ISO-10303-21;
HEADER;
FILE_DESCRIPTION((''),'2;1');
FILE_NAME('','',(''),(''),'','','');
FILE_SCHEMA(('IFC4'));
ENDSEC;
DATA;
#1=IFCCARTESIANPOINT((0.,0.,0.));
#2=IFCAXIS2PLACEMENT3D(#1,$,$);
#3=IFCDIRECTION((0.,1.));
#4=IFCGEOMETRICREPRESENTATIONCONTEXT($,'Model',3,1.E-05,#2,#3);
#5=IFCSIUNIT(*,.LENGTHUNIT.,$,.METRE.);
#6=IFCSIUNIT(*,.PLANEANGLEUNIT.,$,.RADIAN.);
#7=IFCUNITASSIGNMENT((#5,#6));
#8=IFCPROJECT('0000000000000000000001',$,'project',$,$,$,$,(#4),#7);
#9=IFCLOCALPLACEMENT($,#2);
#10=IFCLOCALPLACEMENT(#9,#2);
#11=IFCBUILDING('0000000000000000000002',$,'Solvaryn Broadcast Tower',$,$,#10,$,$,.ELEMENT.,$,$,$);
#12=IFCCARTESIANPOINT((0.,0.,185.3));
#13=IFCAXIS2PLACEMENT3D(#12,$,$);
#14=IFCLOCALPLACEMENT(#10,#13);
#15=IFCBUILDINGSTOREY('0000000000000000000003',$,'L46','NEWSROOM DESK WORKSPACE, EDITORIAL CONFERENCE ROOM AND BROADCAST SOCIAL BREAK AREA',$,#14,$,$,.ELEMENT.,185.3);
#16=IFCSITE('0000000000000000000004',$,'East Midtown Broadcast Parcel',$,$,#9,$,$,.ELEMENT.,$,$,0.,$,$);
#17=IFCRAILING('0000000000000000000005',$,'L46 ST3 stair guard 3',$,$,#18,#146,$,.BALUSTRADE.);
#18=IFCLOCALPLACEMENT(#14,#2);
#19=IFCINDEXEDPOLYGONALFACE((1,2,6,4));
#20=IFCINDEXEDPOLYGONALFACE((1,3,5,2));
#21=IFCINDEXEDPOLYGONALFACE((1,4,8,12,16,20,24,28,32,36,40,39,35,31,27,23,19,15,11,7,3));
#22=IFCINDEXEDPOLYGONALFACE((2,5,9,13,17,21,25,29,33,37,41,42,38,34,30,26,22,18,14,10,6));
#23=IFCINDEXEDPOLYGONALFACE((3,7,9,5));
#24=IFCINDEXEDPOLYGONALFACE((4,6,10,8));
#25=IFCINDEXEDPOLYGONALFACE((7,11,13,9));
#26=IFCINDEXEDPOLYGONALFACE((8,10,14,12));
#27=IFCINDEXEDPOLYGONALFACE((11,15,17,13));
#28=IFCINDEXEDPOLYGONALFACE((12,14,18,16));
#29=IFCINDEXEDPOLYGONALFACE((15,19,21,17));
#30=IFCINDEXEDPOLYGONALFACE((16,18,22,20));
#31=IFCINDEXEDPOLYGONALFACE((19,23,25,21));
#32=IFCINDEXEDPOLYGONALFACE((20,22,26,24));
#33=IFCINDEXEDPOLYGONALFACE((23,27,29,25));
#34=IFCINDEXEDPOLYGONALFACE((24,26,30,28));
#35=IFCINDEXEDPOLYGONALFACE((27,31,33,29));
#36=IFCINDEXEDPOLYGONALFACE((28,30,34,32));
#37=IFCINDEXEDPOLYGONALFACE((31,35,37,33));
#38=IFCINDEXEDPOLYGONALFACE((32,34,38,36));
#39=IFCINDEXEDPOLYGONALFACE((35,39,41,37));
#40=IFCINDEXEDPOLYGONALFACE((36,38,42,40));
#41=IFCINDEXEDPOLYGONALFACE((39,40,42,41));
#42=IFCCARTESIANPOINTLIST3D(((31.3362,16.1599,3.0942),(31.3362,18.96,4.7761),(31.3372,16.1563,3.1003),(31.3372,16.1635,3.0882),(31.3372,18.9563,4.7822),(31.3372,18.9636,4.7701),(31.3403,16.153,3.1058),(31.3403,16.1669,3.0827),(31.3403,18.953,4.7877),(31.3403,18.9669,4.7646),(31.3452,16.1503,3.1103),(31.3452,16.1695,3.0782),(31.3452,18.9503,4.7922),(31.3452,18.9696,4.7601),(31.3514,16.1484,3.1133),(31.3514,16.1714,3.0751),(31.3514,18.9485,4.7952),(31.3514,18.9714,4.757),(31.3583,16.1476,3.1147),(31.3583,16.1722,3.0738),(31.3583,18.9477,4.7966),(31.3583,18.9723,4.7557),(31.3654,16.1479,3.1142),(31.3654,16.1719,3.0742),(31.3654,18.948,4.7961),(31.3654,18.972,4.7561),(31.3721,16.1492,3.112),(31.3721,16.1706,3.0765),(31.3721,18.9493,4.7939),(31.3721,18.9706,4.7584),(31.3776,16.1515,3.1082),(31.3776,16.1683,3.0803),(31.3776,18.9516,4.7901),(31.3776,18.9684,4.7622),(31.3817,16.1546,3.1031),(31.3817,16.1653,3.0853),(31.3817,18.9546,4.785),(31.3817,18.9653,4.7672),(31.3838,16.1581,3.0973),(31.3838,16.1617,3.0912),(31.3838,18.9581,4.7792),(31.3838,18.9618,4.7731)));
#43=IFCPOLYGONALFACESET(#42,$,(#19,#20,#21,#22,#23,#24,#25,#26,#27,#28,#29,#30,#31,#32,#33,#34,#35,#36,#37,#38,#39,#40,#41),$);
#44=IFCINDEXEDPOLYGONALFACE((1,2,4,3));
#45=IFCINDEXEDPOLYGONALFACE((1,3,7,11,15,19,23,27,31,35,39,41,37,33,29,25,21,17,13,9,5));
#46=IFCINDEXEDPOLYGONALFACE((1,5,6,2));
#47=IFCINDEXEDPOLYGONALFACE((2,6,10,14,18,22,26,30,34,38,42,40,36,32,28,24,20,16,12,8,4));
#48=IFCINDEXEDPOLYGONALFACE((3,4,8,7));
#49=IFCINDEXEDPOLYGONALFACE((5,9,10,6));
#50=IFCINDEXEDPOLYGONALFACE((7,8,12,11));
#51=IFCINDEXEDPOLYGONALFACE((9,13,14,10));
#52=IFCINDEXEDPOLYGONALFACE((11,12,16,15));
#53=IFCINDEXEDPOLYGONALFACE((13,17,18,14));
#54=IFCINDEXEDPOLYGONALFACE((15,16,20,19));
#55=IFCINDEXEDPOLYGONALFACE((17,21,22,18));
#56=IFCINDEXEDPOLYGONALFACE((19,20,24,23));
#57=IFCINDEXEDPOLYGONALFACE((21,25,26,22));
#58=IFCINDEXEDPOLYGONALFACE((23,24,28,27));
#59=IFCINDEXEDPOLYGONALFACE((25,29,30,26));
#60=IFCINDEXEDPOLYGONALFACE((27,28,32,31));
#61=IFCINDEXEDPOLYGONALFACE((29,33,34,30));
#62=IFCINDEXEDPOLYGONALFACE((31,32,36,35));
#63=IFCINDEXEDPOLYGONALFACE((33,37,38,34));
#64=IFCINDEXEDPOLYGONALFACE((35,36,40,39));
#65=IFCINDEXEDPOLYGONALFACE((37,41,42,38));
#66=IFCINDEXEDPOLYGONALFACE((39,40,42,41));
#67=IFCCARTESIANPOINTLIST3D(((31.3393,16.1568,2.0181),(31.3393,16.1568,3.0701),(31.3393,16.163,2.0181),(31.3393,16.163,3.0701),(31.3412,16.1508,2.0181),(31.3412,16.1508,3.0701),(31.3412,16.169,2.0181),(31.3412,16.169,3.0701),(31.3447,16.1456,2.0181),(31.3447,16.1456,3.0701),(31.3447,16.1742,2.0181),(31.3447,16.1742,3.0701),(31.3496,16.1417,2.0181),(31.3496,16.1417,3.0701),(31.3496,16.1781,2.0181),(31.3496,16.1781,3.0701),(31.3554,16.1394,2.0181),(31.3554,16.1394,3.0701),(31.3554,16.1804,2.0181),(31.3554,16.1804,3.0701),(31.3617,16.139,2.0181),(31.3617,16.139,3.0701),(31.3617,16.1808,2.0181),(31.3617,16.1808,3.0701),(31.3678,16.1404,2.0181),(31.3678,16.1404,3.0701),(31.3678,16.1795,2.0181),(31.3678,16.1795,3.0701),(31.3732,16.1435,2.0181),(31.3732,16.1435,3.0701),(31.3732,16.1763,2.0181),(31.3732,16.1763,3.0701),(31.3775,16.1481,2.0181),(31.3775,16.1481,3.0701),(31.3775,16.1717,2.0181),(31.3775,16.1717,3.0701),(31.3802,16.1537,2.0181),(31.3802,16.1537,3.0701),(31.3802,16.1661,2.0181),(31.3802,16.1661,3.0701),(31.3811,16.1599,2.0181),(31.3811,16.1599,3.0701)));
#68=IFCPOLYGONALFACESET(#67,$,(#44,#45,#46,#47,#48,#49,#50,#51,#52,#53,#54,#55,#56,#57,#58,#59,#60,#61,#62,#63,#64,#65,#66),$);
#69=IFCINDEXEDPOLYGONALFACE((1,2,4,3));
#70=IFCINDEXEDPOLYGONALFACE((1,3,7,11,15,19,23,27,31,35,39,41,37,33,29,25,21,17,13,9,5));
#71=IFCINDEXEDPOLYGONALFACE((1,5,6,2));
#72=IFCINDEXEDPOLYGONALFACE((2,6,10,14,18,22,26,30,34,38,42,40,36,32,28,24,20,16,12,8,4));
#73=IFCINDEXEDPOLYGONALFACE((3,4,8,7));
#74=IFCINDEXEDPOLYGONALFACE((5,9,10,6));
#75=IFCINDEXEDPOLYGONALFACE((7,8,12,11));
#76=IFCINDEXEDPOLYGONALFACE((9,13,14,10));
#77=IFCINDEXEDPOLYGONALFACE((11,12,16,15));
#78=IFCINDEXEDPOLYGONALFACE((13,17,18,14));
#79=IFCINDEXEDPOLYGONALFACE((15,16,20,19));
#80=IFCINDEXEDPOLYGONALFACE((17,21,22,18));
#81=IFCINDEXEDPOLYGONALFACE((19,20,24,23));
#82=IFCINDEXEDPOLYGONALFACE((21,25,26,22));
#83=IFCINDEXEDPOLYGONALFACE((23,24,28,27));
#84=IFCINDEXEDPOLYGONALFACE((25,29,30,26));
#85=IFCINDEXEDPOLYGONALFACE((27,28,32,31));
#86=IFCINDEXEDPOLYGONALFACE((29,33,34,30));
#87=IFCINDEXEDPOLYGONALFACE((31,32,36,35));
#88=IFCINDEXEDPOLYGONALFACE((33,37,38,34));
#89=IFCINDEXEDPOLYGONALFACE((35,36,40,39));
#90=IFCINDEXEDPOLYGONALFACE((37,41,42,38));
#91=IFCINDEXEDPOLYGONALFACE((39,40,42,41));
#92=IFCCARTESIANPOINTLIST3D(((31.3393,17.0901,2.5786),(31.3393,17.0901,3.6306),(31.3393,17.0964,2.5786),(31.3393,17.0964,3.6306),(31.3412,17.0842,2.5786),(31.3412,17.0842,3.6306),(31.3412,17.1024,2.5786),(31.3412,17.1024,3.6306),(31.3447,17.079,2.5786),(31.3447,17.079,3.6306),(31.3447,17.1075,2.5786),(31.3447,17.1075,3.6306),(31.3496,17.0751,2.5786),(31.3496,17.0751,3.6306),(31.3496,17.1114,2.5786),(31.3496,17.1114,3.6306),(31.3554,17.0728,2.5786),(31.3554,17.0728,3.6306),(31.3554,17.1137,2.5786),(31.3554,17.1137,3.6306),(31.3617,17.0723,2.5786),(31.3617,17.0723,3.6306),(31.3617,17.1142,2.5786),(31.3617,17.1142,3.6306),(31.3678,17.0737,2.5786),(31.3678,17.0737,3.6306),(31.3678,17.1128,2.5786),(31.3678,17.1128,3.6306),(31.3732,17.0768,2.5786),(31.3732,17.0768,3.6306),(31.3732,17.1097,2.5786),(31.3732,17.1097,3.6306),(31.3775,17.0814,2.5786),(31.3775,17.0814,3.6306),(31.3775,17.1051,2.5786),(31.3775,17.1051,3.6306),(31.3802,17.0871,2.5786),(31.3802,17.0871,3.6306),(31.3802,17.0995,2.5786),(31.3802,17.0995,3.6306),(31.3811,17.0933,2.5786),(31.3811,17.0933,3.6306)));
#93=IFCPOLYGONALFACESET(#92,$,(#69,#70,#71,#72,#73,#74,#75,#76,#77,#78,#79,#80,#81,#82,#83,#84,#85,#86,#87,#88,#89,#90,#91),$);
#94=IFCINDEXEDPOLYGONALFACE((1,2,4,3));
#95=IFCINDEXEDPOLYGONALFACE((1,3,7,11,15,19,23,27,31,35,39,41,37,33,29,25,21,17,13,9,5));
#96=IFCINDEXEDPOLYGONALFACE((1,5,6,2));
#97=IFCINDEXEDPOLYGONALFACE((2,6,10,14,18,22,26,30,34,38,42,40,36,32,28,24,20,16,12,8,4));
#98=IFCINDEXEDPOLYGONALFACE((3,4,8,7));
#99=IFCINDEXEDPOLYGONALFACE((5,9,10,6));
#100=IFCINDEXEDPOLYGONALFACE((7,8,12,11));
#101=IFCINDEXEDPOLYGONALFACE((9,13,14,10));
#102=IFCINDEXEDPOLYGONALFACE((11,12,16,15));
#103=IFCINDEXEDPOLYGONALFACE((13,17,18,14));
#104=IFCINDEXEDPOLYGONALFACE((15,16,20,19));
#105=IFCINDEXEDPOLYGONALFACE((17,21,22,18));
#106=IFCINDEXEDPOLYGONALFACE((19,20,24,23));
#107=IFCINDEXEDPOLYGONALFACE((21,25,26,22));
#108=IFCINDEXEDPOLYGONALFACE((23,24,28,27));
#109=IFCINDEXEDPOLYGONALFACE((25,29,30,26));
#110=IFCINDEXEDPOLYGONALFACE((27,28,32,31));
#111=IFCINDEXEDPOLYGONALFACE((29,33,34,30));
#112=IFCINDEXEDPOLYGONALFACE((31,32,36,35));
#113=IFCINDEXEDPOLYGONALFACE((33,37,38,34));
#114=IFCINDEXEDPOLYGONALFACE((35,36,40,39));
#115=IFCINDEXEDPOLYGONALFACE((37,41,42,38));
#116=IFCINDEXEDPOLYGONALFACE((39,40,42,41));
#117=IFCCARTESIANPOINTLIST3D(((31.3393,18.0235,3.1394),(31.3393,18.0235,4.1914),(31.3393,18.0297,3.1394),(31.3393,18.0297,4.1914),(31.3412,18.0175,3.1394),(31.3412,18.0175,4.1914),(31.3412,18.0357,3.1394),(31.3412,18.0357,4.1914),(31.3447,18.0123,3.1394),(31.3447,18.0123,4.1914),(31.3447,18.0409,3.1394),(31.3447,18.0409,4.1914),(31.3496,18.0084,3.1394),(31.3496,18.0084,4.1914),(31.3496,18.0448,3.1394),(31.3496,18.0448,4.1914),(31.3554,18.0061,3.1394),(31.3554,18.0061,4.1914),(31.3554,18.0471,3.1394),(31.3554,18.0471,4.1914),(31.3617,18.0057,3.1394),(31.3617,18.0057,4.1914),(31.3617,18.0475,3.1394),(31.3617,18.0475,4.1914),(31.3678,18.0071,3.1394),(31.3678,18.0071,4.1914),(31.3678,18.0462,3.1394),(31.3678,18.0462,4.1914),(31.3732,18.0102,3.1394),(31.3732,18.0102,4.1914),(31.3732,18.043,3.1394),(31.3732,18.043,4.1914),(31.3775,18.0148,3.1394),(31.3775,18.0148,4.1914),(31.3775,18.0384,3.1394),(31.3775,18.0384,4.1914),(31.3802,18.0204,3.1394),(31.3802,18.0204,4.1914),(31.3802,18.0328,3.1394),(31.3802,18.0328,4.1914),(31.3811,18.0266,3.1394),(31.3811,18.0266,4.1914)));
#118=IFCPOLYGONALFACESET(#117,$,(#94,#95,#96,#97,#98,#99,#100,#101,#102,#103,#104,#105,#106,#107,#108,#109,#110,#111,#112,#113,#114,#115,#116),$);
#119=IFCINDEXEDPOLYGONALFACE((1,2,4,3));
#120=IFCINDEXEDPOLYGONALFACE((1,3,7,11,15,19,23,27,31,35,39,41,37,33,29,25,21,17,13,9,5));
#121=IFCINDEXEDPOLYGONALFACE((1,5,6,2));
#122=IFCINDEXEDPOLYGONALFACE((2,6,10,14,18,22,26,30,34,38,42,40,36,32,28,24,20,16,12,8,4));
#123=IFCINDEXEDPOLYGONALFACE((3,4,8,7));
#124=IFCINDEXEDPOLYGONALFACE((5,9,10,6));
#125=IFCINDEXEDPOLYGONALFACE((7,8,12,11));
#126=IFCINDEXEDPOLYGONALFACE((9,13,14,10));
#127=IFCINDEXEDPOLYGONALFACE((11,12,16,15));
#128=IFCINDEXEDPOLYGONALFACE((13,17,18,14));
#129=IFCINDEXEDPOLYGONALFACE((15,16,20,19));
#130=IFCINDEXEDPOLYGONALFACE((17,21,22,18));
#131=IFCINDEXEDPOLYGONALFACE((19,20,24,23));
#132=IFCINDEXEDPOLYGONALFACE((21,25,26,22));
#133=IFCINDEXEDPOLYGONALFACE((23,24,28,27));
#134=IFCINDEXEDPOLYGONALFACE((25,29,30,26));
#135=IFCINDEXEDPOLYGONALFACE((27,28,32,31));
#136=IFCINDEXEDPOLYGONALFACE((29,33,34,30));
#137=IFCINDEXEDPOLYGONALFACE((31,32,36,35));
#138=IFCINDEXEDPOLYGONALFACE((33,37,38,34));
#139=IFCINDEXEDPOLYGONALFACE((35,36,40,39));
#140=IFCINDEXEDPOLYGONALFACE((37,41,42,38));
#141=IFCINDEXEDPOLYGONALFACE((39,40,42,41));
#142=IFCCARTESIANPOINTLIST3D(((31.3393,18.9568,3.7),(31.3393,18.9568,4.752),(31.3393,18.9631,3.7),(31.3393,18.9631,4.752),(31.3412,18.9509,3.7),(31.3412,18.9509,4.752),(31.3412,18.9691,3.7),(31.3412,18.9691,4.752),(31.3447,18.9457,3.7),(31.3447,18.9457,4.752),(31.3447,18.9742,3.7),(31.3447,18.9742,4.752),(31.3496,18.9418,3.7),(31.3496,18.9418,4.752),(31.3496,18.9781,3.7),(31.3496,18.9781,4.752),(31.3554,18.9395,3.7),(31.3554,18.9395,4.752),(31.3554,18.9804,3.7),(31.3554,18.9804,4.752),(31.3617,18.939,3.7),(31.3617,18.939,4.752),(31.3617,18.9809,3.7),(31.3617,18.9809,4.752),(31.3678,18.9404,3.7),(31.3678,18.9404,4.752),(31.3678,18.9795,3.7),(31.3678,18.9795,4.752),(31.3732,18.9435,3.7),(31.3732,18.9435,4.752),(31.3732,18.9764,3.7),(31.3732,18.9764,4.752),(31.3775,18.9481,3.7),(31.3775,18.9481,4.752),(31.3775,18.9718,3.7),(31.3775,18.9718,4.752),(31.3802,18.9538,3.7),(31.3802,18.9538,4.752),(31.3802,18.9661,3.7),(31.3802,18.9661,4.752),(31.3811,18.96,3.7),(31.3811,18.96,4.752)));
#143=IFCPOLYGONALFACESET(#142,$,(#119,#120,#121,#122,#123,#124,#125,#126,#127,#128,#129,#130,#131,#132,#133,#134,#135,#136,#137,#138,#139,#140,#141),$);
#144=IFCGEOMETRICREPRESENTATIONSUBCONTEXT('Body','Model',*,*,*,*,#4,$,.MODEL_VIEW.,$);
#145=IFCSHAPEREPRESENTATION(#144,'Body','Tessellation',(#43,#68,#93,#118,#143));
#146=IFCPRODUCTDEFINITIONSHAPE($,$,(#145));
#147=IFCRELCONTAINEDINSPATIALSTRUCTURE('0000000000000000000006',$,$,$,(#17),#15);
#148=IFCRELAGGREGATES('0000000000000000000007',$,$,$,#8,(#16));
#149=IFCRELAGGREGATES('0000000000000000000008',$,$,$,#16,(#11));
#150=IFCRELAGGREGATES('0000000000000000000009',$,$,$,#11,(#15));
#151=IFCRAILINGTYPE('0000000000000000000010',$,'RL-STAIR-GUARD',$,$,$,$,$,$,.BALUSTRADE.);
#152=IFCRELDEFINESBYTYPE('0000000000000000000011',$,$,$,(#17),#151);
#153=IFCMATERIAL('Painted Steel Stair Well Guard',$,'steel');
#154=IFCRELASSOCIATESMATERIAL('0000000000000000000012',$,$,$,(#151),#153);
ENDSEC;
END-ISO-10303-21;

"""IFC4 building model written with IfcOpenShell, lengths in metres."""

from ifc_helpers import new_model, si_unit, direction, frame, origin, origin_2d, place, context, subcontext, project, spatial, circle, extrude, material, type_object, element, save


model = new_model("IFC4")

# Units and contexts
model_context = context("Model", 3, precision=1e-05, world=origin(), true_north=direction((0.0, 1.0)))
body_context = subcontext(model_context, "Body", "Model", "MODEL_VIEW")
ifc_project = project(units=[si_unit("LENGTHUNIT", "METRE"), si_unit("PLANEANGLEUNIT", "RADIAN")], contexts=[model_context])

# Site, building, storey
site_placement = place(None, origin())
site = spatial("IfcSite", under=ifc_project, at=site_placement, Name="East Midtown Broadcast Parcel", CompositionType="ELEMENT", RefElevation=0.0)
building_placement = place(site_placement, origin())
building = spatial("IfcBuilding", under=site, at=building_placement, Name="Solvaryn Broadcast Tower", CompositionType="ELEMENT")
storey_placement = place(building_placement, frame((0.0, 0.0, 185.3)))
storey = spatial("IfcBuildingStorey", under=building, at=storey_placement, Name="L46", Description="NEWSROOM DESK WORKSPACE, EDITORIAL CONFERENCE ROOM AND BROADCAST SOCIAL BREAK AREA", CompositionType="ELEMENT", Elevation=185.3)

# Railing
ifc_material_1 = material(Name="Painted Steel Stair Well Guard", Category="steel")
railing_type_1 = type_object("IfcRailingType", Name="RL-STAIR-GUARD", PredefinedType="BALUSTRADE", material=ifc_material_1)
railing_1_placement = place(storey_placement, frame((31.3601, 16.1599, 2.0181)))
element("IfcRailing", 1, at=railing_1_placement, inside=storey, type_object=railing_type_1, Name="L46 ST3 stair guard 3", PredefinedType="BALUSTRADE", context=body_context, shape_type="SweptSolid", body=[
    extrude(circle(Radius=0.0239, at=origin_2d()), frame((0.0, 0.0, 1.0762), z_axis=(0.0, 0.857242, 0.514913), x_axis=(-1.0, 0.0, 0.0)), (0.0, 0.0, 1.0), 3.2664),
    extrude(circle(Radius=0.021, at=origin_2d()), origin(), (0.0, 0.0, 1.0), 1.052),
    extrude(circle(Radius=0.021, at=origin_2d()), frame((0.0, 0.9333, 0.5605)), (0.0, 0.0, 1.0), 1.052),
    extrude(circle(Radius=0.021, at=origin_2d()), frame((0.0, 1.8667, 1.1213)), (0.0, 0.0, 1.0), 1.052),
    extrude(circle(Radius=0.021, at=origin_2d()), frame((0.0, 2.8, 1.6819)), (0.0, 0.0, 1.0), 1.052),
])

save(model, "model.ifc")
